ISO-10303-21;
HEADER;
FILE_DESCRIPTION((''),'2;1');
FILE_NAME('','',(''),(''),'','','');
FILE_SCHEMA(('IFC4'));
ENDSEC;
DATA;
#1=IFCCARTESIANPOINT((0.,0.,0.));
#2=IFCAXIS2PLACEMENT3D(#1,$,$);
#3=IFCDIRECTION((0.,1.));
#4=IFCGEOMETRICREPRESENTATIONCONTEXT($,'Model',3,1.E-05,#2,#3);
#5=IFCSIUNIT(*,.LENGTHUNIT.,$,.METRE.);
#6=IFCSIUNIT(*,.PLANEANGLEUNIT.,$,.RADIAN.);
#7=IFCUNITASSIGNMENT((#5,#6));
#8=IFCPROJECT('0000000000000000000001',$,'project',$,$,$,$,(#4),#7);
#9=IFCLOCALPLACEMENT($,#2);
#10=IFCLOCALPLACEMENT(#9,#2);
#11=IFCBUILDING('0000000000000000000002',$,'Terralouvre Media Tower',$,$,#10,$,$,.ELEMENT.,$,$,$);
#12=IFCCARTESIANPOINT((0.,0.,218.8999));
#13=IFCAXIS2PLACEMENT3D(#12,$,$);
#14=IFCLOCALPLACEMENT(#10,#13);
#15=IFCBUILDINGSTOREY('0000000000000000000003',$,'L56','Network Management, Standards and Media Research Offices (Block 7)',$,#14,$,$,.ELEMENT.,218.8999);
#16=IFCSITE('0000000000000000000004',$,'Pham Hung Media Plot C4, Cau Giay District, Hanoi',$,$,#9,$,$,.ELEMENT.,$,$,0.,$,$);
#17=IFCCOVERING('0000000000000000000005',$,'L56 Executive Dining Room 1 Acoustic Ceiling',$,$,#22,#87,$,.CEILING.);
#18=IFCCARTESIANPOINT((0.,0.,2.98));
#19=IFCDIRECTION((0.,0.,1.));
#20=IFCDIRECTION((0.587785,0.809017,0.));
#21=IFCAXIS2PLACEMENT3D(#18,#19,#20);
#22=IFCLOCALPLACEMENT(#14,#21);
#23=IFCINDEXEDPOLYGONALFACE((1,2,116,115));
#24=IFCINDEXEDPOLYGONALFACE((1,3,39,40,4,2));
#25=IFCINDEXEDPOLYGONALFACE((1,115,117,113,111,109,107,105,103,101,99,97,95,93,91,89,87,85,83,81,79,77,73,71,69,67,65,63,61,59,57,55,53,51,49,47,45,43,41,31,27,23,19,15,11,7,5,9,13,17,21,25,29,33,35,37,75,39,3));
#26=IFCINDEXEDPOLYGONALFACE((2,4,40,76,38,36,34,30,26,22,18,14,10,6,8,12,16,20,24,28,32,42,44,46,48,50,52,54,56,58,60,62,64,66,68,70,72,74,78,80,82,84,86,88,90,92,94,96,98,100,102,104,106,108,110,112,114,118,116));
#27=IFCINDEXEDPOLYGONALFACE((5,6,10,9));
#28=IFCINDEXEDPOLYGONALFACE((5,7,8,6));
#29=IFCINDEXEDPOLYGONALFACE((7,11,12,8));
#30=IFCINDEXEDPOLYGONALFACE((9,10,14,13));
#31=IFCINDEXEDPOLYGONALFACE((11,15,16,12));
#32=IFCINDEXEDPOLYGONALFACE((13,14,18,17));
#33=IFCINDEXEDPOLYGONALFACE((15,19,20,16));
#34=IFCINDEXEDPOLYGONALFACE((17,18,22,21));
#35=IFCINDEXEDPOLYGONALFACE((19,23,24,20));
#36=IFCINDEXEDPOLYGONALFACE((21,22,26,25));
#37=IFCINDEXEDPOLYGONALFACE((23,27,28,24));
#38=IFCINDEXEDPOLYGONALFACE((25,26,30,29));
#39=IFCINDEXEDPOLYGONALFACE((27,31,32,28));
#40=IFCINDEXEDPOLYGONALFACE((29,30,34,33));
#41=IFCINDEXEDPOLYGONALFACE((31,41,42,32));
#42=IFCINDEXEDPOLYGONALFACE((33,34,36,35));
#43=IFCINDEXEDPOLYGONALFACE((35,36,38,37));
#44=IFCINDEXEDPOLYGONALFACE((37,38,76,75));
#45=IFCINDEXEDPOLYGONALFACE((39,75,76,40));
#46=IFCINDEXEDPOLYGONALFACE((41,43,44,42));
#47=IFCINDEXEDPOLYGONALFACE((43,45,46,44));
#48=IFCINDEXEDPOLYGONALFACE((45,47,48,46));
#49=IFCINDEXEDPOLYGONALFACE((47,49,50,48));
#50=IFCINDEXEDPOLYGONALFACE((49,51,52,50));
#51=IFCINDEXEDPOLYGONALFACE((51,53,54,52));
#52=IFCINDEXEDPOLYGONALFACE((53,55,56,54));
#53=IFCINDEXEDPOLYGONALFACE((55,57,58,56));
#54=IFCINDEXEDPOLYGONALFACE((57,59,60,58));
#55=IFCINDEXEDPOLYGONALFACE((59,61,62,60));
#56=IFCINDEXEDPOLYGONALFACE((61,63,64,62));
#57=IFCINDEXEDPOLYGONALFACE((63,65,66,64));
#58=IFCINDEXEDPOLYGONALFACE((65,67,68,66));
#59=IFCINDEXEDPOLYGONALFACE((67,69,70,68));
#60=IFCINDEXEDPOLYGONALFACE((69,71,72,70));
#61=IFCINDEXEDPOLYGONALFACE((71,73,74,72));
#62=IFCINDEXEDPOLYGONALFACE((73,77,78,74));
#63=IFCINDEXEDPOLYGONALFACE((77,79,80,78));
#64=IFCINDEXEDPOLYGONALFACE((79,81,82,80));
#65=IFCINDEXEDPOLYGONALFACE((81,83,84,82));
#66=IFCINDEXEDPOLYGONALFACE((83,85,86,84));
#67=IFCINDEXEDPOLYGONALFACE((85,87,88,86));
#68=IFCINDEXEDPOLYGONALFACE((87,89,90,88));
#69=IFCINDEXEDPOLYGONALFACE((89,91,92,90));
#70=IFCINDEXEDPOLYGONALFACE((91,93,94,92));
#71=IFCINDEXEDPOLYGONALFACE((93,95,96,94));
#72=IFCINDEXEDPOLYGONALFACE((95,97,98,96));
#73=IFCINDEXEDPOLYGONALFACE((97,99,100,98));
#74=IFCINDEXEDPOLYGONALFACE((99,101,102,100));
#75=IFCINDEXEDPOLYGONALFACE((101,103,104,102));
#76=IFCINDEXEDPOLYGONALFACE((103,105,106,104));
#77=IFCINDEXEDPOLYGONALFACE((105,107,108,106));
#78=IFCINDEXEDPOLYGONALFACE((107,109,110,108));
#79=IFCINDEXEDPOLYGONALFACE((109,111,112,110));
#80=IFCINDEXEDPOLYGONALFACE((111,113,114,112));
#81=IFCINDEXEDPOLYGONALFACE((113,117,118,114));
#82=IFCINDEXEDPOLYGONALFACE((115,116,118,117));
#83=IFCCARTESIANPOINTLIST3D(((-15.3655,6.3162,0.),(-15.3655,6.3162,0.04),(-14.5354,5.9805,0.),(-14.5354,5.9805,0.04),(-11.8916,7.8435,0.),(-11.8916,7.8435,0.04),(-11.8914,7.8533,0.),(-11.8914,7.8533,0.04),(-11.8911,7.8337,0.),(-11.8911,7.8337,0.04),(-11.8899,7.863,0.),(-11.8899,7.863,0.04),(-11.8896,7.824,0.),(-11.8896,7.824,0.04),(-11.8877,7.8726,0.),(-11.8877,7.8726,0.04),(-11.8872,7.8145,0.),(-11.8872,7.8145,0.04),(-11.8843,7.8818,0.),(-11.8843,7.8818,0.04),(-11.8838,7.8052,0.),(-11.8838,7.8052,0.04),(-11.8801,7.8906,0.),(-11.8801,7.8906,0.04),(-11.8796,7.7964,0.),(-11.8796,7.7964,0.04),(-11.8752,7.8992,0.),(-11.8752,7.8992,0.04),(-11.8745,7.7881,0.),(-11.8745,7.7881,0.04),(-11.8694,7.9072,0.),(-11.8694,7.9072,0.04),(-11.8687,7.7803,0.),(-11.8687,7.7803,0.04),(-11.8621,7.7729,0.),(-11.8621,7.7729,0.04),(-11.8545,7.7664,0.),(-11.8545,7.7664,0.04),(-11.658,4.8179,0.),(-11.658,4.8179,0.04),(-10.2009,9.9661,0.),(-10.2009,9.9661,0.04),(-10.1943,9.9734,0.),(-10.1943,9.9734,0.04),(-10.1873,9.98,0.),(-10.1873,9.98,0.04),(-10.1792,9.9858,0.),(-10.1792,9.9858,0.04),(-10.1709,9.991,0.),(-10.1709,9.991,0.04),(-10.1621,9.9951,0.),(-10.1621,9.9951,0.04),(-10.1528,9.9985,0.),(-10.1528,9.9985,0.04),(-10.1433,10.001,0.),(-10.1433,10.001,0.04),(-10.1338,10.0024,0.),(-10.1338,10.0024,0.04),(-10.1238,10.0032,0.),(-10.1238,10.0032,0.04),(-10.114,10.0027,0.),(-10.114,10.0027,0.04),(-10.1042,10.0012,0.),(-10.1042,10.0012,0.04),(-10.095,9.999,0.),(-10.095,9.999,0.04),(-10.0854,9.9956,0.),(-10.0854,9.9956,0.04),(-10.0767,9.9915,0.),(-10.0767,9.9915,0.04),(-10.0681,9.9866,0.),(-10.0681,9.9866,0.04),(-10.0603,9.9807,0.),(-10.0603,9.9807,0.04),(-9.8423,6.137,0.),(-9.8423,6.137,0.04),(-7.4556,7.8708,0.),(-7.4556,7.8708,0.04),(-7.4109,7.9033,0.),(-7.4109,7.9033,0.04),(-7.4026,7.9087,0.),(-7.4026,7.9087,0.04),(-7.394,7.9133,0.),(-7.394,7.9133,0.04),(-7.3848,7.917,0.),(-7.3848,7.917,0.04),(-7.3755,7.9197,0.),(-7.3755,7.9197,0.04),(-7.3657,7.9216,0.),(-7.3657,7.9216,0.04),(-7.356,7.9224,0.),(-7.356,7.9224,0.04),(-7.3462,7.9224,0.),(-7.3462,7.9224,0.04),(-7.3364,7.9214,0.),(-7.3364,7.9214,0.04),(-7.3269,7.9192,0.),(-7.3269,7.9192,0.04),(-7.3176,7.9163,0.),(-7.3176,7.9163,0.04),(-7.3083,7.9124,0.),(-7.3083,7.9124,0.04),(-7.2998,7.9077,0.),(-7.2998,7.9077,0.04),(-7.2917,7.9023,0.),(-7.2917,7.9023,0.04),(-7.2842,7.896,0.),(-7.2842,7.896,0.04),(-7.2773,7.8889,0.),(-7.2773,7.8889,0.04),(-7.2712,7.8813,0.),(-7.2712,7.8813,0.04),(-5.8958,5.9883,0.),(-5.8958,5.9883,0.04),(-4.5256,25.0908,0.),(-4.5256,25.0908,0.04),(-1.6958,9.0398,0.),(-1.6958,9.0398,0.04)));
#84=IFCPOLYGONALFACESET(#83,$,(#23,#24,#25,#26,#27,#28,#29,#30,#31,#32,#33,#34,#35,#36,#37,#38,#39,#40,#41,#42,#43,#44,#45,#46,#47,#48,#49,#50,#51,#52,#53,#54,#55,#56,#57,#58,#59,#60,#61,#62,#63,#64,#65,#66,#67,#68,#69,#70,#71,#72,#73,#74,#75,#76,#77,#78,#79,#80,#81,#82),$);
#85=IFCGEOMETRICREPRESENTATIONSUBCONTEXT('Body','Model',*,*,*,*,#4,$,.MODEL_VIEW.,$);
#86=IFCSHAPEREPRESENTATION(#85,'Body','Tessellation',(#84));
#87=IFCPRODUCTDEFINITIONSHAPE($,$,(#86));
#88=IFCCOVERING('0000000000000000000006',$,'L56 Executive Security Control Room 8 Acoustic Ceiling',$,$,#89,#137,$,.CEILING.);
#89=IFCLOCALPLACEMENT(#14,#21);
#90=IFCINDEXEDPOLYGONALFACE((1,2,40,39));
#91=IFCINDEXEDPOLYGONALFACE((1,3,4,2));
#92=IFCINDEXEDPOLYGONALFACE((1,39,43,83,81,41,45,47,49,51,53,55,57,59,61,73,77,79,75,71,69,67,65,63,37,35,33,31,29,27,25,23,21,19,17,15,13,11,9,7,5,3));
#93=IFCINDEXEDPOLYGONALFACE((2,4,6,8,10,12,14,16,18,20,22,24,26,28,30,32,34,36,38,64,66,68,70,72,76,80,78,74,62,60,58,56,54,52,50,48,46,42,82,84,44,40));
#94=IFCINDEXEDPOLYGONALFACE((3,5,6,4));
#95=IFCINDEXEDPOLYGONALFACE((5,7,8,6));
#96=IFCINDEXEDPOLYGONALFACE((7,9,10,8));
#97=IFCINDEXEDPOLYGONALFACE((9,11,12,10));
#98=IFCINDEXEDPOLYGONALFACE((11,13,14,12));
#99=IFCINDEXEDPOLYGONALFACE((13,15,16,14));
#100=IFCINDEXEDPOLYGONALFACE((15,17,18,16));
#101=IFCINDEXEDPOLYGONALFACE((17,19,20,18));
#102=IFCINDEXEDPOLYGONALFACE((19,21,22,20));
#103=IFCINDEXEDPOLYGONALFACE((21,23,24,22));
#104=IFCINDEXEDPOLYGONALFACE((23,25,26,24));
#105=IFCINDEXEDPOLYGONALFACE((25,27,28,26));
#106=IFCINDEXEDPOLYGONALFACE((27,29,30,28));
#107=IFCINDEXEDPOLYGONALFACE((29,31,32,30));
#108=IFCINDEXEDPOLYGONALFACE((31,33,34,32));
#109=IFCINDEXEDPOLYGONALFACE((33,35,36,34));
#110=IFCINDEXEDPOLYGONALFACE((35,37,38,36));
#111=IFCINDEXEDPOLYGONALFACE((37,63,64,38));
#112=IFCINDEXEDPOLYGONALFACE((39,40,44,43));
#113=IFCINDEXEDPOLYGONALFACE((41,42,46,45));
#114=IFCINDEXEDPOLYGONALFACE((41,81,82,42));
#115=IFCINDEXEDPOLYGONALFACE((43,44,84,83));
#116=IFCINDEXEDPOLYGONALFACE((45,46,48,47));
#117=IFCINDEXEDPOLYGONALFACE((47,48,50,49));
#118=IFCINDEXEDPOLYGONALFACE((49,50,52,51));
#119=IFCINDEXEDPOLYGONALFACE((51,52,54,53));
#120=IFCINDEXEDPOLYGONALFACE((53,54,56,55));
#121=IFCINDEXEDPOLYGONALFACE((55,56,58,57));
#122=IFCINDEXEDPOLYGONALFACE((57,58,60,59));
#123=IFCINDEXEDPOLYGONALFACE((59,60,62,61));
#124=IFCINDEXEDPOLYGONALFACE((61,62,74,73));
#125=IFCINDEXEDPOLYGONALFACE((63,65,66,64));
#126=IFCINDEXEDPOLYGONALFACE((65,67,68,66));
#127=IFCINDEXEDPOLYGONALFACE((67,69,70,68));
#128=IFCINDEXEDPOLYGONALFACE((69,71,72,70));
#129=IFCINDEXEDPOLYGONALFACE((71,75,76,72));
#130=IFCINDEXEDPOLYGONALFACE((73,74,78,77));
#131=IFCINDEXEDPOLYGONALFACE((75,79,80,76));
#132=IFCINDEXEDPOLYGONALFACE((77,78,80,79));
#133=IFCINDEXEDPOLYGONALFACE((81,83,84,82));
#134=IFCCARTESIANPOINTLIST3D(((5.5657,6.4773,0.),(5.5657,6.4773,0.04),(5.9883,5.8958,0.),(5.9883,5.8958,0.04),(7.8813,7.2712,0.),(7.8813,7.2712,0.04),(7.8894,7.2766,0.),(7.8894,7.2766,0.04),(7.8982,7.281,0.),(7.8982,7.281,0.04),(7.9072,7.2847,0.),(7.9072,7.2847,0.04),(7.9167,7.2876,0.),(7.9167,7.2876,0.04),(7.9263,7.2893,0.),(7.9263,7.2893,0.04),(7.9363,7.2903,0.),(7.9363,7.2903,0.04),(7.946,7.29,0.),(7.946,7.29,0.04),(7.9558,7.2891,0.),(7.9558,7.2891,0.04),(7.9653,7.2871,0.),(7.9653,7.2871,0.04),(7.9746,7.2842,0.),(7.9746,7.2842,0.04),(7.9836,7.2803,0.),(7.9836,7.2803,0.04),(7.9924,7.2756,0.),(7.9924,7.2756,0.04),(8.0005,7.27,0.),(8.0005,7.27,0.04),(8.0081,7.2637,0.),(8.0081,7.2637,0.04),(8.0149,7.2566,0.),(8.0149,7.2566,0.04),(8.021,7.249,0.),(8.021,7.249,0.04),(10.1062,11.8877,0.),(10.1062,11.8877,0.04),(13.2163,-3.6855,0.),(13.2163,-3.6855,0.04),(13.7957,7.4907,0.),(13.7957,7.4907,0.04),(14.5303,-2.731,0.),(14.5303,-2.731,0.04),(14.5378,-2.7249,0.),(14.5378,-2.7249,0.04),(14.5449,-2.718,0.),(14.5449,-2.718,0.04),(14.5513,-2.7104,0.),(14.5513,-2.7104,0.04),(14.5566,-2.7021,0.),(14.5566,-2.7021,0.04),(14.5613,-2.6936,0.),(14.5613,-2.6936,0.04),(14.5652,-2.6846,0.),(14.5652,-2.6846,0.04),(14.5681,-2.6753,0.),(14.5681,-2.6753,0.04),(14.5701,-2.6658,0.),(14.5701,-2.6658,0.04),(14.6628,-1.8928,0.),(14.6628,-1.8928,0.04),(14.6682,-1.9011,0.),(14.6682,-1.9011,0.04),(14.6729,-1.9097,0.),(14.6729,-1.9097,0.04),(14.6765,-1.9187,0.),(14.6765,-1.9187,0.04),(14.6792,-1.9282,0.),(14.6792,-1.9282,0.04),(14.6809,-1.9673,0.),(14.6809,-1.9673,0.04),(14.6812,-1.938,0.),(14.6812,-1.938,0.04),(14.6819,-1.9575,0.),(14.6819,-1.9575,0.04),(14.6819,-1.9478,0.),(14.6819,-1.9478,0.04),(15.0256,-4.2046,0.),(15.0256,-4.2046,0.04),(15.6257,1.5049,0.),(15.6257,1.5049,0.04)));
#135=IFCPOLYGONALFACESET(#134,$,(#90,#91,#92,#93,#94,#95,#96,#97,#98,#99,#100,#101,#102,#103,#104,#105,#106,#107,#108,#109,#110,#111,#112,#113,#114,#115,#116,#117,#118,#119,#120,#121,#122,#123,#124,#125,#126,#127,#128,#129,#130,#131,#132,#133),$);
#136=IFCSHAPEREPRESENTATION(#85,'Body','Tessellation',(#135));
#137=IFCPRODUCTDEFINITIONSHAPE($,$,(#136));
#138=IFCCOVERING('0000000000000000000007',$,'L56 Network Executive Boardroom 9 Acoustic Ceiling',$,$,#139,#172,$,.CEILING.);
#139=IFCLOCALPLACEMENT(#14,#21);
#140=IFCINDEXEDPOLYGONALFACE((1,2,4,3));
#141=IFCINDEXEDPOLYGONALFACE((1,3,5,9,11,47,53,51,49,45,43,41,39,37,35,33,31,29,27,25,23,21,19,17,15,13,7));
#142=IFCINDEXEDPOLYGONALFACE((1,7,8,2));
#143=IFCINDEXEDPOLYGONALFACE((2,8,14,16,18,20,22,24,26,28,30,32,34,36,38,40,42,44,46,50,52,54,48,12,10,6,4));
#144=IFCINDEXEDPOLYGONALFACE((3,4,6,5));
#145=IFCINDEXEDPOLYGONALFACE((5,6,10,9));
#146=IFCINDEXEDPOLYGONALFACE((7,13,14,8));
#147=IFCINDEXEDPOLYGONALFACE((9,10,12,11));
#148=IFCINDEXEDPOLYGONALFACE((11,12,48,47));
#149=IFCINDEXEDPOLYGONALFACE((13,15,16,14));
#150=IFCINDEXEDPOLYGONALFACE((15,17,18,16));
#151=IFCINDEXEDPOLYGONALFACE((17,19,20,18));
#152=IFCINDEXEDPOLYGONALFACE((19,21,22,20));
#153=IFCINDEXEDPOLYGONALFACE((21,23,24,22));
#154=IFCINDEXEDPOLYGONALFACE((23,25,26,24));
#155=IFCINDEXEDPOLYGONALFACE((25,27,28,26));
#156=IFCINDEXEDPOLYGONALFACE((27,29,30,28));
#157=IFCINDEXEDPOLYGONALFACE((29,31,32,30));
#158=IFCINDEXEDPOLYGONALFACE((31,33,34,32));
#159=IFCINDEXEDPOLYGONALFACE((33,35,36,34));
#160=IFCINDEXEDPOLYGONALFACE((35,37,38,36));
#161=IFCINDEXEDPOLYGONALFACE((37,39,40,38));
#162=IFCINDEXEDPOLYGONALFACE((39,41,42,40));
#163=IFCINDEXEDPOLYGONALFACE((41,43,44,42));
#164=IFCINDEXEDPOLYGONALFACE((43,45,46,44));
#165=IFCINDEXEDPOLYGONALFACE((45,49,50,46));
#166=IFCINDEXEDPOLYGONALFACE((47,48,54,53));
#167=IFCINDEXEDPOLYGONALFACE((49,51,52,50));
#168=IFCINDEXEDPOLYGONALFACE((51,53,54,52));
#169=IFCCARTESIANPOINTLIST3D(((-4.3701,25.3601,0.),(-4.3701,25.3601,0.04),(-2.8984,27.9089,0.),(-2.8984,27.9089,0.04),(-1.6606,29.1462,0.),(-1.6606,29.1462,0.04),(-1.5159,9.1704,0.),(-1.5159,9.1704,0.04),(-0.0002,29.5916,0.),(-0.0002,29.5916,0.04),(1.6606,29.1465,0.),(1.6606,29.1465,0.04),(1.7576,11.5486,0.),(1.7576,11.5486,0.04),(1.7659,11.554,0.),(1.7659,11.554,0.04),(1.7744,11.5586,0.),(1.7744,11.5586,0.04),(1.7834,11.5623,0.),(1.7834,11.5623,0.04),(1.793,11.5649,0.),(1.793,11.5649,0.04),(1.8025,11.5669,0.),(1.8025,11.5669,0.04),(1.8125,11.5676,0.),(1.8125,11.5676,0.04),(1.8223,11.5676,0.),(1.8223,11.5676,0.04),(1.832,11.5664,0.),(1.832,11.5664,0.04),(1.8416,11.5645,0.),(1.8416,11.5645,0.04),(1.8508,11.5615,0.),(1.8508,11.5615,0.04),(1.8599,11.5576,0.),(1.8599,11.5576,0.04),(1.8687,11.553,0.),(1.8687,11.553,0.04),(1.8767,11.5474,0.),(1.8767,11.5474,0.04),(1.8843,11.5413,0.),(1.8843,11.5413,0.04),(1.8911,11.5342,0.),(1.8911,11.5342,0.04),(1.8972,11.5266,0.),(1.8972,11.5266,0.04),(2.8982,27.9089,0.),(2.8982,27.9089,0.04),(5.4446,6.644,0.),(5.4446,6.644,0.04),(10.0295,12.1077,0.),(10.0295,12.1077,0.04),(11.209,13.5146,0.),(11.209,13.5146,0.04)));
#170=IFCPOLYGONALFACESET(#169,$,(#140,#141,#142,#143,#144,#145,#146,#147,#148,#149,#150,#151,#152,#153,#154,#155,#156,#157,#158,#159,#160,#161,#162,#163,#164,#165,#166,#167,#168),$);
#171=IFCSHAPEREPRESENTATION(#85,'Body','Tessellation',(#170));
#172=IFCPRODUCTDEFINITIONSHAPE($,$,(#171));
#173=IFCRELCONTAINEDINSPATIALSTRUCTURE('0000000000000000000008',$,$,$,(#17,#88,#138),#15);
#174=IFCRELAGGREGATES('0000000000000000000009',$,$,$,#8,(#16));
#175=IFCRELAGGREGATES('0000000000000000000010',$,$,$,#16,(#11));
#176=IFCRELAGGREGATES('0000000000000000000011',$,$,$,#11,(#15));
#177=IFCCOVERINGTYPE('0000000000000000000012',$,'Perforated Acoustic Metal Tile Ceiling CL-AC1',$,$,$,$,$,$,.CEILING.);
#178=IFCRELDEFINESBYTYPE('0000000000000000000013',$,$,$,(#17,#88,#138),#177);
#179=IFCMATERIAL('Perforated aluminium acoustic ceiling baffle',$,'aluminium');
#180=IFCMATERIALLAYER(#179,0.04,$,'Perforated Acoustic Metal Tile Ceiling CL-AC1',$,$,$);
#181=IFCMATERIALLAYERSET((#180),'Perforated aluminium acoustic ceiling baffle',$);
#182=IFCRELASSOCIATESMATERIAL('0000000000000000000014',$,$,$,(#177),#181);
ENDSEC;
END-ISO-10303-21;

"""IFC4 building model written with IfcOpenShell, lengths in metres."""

from ifc_helpers import new_model, si_unit, direction, frame, origin, place, context, subcontext, project, spatial, polyline, outline, extrude, material, layer, layer_set, type_object, element, save


model = new_model("IFC4")

# Units and contexts
model_context = context("Model", 3, precision=1e-05, world=origin(), true_north=direction((0.0, 1.0)))
body_context = subcontext(model_context, "Body", "Model", "MODEL_VIEW")
ifc_project = project(units=[si_unit("LENGTHUNIT", "METRE"), si_unit("PLANEANGLEUNIT", "RADIAN")], contexts=[model_context])

# Site, building, storey
site_placement = place(None, origin())
site = spatial("IfcSite", under=ifc_project, at=site_placement, Name="Pham Hung Media Plot C4, Cau Giay District, Hanoi", CompositionType="ELEMENT", RefElevation=0.0)
building_placement = place(site_placement, origin())
building = spatial("IfcBuilding", under=site, at=building_placement, Name="Terralouvre Media Tower", CompositionType="ELEMENT")
storey_placement = place(building_placement, frame((0.0, 0.0, 218.8999)))
storey = spatial("IfcBuildingStorey", under=building, at=storey_placement, Name="L56", Description="Network Management, Standards and Media Research Offices (Block 7)", CompositionType="ELEMENT", Elevation=218.8999)

# Coverings
ifc_material_1 = material(Name="Perforated aluminium acoustic ceiling baffle", Category="aluminium")
ifc_layer_1 = layer(ifc_material_1, 0.04, Name="Perforated Acoustic Metal Tile Ceiling CL-AC1")
ifc_layer_set_1 = layer_set([ifc_layer_1], Name="Perforated aluminium acoustic ceiling baffle")
covering_type = type_object("IfcCoveringType", Name="Perforated Acoustic Metal Tile Ceiling CL-AC1", PredefinedType="CEILING", material=ifc_layer_set_1)
covering_1_placement = place(storey_placement, frame((0.0, 0.0, 2.98), z_axis=(0.0, 0.0, 1.0), x_axis=(0.587785, 0.809017, 0.0)))
element("IfcCovering", 1, at=covering_1_placement, inside=storey, type_object=covering_type, Name="L56 Executive Dining Room 1 Acoustic Ceiling", PredefinedType="CEILING", context=body_context, shape_type="SweptSolid", body=[
    extrude(outline(polyline([(-11.658, 4.8179), (-9.8423, 6.137), (-11.8545, 7.7664), (-11.8621, 7.7729), (-11.8687, 7.7803), (-11.8745, 7.7881), (-11.8796, 7.7964), (-11.8838, 7.8052), (-11.8872, 7.8145), (-11.8896, 7.824), (-11.8911, 7.8337), (-11.8916, 7.8435), (-11.8914, 7.8533), (-11.8899, 7.863), (-11.8877, 7.8726), (-11.8843, 7.8818), (-11.8801, 7.8906), (-11.8752, 7.8992), (-11.8694, 7.9072), (-10.2009, 9.9661), (-10.1943, 9.9734), (-10.1873, 9.98), (-10.1792, 9.9858), (-10.1709, 9.991), (-10.1621, 9.9951), (-10.1528, 9.9985), (-10.1433, 10.001), (-10.1338, 10.0024), (-10.1238, 10.0032), (-10.114, 10.0027), (-10.1042, 10.0012), (-10.095, 9.999), (-10.0854, 9.9956), (-10.0767, 9.9915), (-10.0681, 9.9866), (-10.0603, 9.9807), (-7.4556, 7.8708), (-7.4109, 7.9033), (-7.4026, 7.9087), (-7.394, 7.9133), (-7.3848, 7.917), (-7.3755, 7.9197), (-7.3657, 7.9216), (-7.356, 7.9224), (-7.3462, 7.9224), (-7.3364, 7.9214), (-7.3269, 7.9192), (-7.3176, 7.9163), (-7.3083, 7.9124), (-7.2998, 7.9077), (-7.2917, 7.9023), (-7.2842, 7.896), (-7.2773, 7.8889), (-7.2712, 7.8813), (-5.8958, 5.9883), (-1.6958, 9.0398), (-4.5256, 25.0908), (-15.3655, 6.3162), (-14.5354, 5.9805), (-11.658, 4.8179)])), origin(), (0.0, 0.0, 1.0), 0.04),
])
covering_2_placement = place(storey_placement, frame((0.0, 0.0, 2.98), z_axis=(0.0, 0.0, 1.0), x_axis=(0.587785, 0.809017, 0.0)))
element("IfcCovering", 2, at=covering_2_placement, inside=storey, type_object=covering_type, Name="L56 Executive Security Control Room 8 Acoustic Ceiling", PredefinedType="CEILING", context=body_context, shape_type="SweptSolid", body=[
    extrude(outline(polyline([(7.8894, 7.2766), (7.8982, 7.281), (7.9072, 7.2847), (7.9167, 7.2876), (7.9263, 7.2893), (7.9363, 7.2903), (7.946, 7.29), (7.9558, 7.2891), (7.9653, 7.2871), (7.9746, 7.2842), (7.9836, 7.2803), (7.9924, 7.2756), (8.0005, 7.27), (8.0081, 7.2637), (8.0149, 7.2566), (8.021, 7.249), (14.6628, -1.8928), (14.6682, -1.9011), (14.6729, -1.9097), (14.6765, -1.9187), (14.6792, -1.9282), (14.6812, -1.938), (14.6819, -1.9478), (14.6819, -1.9575), (14.6809, -1.9673), (14.5701, -2.6658), (14.5681, -2.6753), (14.5652, -2.6846), (14.5613, -2.6936), (14.5566, -2.7021), (14.5513, -2.7104), (14.5449, -2.718), (14.5378, -2.7249), (14.5303, -2.731), (13.2163, -3.6855), (15.0256, -4.2046), (15.6257, 1.5049), (13.7957, 7.4907), (10.1062, 11.8877), (5.5657, 6.4773), (5.9883, 5.8958), (7.8813, 7.2712), (7.8894, 7.2766)])), origin(), (0.0, 0.0, 1.0), 0.04),
])
covering_3_placement = place(storey_placement, frame((0.0, 0.0, 2.98), z_axis=(0.0, 0.0, 1.0), x_axis=(0.587785, 0.809017, 0.0)))
element("IfcCovering", 3, at=covering_3_placement, inside=storey, type_object=covering_type, Name="L56 Network Executive Boardroom 9 Acoustic Ceiling", PredefinedType="CEILING", context=body_context, shape_type="SweptSolid", body=[
    extrude(outline(polyline([(-1.5159, 9.1704), (1.7576, 11.5486), (1.7659, 11.554), (1.7744, 11.5586), (1.7834, 11.5623), (1.793, 11.5649), (1.8025, 11.5669), (1.8125, 11.5676), (1.8223, 11.5676), (1.832, 11.5664), (1.8416, 11.5645), (1.8508, 11.5615), (1.8599, 11.5576), (1.8687, 11.553), (1.8767, 11.5474), (1.8843, 11.5413), (1.8911, 11.5342), (1.8972, 11.5266), (5.4446, 6.644), (10.0295, 12.1077), (11.209, 13.5146), (2.8982, 27.9089), (1.6606, 29.1465), (-0.0002, 29.5916), (-1.6606, 29.1462), (-2.8984, 27.9089), (-4.3701, 25.3601), (-1.5159, 9.1704)])), origin(), (0.0, 0.0, 1.0), 0.04),
])

save(model, "model.ifc")
